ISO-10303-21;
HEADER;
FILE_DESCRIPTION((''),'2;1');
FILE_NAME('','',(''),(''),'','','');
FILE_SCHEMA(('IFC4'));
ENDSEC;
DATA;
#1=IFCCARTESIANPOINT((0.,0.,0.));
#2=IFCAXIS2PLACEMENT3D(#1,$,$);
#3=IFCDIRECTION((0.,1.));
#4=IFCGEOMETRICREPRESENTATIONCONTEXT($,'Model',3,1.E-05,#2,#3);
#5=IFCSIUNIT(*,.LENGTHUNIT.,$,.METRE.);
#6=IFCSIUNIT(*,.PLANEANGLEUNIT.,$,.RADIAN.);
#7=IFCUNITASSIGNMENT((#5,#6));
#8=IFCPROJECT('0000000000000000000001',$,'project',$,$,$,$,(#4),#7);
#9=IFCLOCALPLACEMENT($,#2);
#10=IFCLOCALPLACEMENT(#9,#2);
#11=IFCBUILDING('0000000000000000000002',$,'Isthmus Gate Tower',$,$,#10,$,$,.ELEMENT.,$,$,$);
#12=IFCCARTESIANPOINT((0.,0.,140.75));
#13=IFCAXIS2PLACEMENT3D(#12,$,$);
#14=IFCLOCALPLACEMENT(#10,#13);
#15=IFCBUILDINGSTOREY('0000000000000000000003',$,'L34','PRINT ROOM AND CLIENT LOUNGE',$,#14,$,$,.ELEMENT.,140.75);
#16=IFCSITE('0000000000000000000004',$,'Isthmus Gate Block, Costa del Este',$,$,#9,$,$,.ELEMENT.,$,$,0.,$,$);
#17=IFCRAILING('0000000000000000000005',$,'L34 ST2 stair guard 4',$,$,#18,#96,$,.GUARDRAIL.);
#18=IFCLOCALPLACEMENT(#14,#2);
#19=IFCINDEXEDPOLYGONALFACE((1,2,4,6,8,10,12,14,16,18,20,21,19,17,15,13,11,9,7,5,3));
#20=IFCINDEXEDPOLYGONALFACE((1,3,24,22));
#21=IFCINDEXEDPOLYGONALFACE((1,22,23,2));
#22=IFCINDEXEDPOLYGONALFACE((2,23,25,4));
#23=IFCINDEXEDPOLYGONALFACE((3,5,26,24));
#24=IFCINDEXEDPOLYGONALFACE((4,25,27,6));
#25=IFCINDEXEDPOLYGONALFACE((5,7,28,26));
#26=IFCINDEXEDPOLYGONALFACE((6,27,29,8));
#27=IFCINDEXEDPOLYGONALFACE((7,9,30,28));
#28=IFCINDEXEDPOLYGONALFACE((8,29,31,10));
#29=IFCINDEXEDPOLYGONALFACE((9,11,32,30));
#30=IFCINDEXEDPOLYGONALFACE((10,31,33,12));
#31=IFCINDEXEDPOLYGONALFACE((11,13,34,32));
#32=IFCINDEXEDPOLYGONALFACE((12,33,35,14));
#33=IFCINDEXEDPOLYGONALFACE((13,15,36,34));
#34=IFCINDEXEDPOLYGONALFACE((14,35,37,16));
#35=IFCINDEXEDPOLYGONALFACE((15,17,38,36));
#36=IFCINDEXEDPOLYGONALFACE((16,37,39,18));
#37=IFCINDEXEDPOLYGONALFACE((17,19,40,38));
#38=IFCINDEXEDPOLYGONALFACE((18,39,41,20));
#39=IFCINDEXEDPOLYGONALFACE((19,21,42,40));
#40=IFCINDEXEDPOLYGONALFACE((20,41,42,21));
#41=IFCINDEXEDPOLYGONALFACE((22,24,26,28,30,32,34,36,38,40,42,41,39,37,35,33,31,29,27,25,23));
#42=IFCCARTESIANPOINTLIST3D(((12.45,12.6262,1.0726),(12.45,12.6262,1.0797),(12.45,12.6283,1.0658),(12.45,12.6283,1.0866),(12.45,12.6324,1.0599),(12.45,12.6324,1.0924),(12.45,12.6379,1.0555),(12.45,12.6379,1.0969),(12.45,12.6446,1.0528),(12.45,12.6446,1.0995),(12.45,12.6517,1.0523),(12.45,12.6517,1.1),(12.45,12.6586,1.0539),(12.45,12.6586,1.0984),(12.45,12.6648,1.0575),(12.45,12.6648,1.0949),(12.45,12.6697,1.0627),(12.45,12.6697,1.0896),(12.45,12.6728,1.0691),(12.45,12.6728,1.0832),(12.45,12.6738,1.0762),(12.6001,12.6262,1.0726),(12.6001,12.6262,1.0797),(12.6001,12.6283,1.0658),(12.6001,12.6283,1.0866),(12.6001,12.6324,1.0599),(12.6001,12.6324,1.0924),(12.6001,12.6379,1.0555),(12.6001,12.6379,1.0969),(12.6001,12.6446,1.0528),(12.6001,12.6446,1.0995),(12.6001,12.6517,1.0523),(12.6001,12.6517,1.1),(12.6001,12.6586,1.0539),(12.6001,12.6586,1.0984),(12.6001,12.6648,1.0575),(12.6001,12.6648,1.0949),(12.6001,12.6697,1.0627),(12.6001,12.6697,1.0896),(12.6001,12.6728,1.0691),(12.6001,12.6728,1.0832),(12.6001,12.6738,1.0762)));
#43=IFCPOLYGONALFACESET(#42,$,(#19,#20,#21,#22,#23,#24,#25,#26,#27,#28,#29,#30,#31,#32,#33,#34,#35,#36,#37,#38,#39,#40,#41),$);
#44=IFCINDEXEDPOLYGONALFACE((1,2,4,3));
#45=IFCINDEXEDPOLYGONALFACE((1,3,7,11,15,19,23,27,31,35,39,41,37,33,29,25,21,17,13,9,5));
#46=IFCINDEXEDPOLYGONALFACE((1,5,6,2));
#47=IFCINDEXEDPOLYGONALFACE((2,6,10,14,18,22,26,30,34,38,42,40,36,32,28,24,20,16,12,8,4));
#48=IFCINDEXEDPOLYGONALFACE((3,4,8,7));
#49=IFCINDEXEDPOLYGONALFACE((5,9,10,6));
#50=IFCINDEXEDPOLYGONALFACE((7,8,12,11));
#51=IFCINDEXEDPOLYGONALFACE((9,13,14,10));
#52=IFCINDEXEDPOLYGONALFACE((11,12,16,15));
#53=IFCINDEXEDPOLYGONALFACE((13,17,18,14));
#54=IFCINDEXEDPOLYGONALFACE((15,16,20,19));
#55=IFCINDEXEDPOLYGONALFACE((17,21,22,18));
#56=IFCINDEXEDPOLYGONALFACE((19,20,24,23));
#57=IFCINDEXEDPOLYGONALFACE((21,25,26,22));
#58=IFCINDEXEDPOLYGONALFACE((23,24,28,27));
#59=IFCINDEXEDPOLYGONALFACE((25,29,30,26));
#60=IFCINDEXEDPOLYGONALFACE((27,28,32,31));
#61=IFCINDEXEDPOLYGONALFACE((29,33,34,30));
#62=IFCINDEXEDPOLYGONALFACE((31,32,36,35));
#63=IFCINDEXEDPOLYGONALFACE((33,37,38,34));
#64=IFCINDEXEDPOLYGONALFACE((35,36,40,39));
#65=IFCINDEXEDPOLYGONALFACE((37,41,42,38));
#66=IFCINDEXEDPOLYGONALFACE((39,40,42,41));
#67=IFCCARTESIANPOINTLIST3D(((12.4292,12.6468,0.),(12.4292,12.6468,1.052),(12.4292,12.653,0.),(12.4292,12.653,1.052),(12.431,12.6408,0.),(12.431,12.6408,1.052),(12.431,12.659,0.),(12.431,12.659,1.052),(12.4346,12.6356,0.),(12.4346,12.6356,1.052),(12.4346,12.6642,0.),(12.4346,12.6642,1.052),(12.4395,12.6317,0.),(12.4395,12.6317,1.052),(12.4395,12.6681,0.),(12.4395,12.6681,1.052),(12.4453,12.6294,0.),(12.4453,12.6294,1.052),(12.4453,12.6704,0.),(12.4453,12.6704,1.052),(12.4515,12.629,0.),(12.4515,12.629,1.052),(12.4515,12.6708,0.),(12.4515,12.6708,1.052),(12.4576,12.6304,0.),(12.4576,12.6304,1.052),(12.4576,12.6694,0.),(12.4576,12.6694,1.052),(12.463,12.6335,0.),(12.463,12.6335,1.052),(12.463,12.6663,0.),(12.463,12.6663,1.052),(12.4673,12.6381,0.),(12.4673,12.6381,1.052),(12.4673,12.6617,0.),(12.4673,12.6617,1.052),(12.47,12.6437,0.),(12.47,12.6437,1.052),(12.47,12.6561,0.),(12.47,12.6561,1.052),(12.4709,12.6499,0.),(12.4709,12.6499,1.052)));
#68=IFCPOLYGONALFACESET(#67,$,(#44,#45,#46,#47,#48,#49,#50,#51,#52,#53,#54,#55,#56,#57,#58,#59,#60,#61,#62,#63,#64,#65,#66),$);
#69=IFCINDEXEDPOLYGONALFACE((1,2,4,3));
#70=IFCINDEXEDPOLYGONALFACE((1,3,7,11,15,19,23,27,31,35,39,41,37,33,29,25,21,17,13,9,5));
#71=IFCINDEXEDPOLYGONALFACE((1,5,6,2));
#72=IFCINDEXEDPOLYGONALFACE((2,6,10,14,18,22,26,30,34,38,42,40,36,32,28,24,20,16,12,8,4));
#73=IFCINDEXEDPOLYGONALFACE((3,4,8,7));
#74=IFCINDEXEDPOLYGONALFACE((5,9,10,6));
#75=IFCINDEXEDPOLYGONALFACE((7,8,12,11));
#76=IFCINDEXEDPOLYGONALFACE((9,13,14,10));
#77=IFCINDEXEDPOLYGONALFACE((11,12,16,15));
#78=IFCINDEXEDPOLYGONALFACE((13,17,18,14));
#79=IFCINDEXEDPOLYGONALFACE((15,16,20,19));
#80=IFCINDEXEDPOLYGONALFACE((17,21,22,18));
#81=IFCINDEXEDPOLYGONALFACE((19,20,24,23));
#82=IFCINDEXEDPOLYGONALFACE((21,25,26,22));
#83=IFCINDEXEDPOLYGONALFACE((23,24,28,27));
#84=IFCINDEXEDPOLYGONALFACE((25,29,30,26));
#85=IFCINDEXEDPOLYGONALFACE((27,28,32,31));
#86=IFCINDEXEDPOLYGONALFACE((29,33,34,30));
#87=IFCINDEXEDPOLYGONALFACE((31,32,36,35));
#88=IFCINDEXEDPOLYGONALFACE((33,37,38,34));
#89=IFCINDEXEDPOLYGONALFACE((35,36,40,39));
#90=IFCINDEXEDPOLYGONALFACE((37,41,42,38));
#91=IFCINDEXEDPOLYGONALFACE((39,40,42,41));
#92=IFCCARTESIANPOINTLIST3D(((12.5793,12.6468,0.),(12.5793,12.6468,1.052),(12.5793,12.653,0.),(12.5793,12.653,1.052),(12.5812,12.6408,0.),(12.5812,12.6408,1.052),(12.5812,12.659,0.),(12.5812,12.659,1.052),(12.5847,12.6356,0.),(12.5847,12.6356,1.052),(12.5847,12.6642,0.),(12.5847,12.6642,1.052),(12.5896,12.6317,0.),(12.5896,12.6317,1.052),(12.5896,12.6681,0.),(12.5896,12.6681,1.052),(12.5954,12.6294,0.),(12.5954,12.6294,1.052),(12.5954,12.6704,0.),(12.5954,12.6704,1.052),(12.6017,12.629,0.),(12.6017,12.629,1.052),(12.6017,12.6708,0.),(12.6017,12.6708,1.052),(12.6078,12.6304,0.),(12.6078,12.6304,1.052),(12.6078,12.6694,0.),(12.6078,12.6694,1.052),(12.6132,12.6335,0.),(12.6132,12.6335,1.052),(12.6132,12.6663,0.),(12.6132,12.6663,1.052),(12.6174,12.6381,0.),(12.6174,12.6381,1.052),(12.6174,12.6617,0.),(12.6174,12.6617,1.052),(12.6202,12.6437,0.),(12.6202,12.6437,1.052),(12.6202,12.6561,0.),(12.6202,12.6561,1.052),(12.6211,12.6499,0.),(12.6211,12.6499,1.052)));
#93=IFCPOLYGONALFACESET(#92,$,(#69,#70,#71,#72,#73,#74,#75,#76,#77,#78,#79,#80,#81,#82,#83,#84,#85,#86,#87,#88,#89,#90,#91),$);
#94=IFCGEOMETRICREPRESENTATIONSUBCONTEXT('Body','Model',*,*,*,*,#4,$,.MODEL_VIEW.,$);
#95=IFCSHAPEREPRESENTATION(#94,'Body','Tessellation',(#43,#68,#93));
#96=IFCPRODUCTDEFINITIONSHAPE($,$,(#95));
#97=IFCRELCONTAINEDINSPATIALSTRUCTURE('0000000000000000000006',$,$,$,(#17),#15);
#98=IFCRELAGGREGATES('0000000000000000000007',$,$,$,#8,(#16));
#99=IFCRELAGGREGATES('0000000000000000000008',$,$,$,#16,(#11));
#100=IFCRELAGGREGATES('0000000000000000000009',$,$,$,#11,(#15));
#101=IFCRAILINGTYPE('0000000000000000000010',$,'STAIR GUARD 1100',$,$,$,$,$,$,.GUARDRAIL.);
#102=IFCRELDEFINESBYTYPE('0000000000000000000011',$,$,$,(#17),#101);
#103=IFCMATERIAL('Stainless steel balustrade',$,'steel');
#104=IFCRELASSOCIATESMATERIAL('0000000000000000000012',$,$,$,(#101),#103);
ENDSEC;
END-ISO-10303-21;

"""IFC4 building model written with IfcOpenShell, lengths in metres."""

from ifc_helpers import new_model, si_unit, direction, frame, origin, origin_2d, place, context, subcontext, project, spatial, circle, extrude, material, type_object, element, save


model = new_model("IFC4")

# Units and contexts
model_context = context("Model", 3, precision=1e-05, world=origin(), true_north=direction((0.0, 1.0)))
body_context = subcontext(model_context, "Body", "Model", "MODEL_VIEW")
ifc_project = project(units=[si_unit("LENGTHUNIT", "METRE"), si_unit("PLANEANGLEUNIT", "RADIAN")], contexts=[model_context])

# Site, building, storey
site_placement = place(None, origin())
site = spatial("IfcSite", under=ifc_project, at=site_placement, Name="Isthmus Gate Block, Costa del Este", CompositionType="ELEMENT", RefElevation=0.0)
building_placement = place(site_placement, origin())
building = spatial("IfcBuilding", under=site, at=building_placement, Name="Isthmus Gate Tower", CompositionType="ELEMENT")
storey_placement = place(building_placement, frame((0.0, 0.0, 140.75)))
storey = spatial("IfcBuildingStorey", under=building, at=storey_placement, Name="L34", Description="PRINT ROOM AND CLIENT LOUNGE", CompositionType="ELEMENT", Elevation=140.75)

# Railing
ifc_material_1 = material(Name="Stainless steel balustrade", Category="steel")
railing_type = type_object("IfcRailingType", Name="STAIR GUARD 1100", PredefinedType="GUARDRAIL", material=ifc_material_1)
railing_1_placement = place(storey_placement, frame((12.45, 12.6499, 0.0)))
element("IfcRailing", 1, at=railing_1_placement, inside=storey, type_object=railing_type, Name="L34 ST2 stair guard 4", PredefinedType="GUARDRAIL", context=body_context, shape_type="SweptSolid", body=[
    extrude(circle(Radius=0.0239, at=origin_2d()), frame((0.0, 0.0, 1.0762), z_axis=(1.0, 0.0, 0.0), x_axis=(0.0, 1.0, 0.0)), (0.0, 0.0, 1.0), 0.1501),
    extrude(circle(Radius=0.021, at=origin_2d()), origin(), (0.0, 0.0, 1.0), 1.052),
    extrude(circle(Radius=0.021, at=origin_2d()), frame((0.1501, 0.0, 0.0)), (0.0, 0.0, 1.0), 1.052),
])

save(model, "model.ifc")
